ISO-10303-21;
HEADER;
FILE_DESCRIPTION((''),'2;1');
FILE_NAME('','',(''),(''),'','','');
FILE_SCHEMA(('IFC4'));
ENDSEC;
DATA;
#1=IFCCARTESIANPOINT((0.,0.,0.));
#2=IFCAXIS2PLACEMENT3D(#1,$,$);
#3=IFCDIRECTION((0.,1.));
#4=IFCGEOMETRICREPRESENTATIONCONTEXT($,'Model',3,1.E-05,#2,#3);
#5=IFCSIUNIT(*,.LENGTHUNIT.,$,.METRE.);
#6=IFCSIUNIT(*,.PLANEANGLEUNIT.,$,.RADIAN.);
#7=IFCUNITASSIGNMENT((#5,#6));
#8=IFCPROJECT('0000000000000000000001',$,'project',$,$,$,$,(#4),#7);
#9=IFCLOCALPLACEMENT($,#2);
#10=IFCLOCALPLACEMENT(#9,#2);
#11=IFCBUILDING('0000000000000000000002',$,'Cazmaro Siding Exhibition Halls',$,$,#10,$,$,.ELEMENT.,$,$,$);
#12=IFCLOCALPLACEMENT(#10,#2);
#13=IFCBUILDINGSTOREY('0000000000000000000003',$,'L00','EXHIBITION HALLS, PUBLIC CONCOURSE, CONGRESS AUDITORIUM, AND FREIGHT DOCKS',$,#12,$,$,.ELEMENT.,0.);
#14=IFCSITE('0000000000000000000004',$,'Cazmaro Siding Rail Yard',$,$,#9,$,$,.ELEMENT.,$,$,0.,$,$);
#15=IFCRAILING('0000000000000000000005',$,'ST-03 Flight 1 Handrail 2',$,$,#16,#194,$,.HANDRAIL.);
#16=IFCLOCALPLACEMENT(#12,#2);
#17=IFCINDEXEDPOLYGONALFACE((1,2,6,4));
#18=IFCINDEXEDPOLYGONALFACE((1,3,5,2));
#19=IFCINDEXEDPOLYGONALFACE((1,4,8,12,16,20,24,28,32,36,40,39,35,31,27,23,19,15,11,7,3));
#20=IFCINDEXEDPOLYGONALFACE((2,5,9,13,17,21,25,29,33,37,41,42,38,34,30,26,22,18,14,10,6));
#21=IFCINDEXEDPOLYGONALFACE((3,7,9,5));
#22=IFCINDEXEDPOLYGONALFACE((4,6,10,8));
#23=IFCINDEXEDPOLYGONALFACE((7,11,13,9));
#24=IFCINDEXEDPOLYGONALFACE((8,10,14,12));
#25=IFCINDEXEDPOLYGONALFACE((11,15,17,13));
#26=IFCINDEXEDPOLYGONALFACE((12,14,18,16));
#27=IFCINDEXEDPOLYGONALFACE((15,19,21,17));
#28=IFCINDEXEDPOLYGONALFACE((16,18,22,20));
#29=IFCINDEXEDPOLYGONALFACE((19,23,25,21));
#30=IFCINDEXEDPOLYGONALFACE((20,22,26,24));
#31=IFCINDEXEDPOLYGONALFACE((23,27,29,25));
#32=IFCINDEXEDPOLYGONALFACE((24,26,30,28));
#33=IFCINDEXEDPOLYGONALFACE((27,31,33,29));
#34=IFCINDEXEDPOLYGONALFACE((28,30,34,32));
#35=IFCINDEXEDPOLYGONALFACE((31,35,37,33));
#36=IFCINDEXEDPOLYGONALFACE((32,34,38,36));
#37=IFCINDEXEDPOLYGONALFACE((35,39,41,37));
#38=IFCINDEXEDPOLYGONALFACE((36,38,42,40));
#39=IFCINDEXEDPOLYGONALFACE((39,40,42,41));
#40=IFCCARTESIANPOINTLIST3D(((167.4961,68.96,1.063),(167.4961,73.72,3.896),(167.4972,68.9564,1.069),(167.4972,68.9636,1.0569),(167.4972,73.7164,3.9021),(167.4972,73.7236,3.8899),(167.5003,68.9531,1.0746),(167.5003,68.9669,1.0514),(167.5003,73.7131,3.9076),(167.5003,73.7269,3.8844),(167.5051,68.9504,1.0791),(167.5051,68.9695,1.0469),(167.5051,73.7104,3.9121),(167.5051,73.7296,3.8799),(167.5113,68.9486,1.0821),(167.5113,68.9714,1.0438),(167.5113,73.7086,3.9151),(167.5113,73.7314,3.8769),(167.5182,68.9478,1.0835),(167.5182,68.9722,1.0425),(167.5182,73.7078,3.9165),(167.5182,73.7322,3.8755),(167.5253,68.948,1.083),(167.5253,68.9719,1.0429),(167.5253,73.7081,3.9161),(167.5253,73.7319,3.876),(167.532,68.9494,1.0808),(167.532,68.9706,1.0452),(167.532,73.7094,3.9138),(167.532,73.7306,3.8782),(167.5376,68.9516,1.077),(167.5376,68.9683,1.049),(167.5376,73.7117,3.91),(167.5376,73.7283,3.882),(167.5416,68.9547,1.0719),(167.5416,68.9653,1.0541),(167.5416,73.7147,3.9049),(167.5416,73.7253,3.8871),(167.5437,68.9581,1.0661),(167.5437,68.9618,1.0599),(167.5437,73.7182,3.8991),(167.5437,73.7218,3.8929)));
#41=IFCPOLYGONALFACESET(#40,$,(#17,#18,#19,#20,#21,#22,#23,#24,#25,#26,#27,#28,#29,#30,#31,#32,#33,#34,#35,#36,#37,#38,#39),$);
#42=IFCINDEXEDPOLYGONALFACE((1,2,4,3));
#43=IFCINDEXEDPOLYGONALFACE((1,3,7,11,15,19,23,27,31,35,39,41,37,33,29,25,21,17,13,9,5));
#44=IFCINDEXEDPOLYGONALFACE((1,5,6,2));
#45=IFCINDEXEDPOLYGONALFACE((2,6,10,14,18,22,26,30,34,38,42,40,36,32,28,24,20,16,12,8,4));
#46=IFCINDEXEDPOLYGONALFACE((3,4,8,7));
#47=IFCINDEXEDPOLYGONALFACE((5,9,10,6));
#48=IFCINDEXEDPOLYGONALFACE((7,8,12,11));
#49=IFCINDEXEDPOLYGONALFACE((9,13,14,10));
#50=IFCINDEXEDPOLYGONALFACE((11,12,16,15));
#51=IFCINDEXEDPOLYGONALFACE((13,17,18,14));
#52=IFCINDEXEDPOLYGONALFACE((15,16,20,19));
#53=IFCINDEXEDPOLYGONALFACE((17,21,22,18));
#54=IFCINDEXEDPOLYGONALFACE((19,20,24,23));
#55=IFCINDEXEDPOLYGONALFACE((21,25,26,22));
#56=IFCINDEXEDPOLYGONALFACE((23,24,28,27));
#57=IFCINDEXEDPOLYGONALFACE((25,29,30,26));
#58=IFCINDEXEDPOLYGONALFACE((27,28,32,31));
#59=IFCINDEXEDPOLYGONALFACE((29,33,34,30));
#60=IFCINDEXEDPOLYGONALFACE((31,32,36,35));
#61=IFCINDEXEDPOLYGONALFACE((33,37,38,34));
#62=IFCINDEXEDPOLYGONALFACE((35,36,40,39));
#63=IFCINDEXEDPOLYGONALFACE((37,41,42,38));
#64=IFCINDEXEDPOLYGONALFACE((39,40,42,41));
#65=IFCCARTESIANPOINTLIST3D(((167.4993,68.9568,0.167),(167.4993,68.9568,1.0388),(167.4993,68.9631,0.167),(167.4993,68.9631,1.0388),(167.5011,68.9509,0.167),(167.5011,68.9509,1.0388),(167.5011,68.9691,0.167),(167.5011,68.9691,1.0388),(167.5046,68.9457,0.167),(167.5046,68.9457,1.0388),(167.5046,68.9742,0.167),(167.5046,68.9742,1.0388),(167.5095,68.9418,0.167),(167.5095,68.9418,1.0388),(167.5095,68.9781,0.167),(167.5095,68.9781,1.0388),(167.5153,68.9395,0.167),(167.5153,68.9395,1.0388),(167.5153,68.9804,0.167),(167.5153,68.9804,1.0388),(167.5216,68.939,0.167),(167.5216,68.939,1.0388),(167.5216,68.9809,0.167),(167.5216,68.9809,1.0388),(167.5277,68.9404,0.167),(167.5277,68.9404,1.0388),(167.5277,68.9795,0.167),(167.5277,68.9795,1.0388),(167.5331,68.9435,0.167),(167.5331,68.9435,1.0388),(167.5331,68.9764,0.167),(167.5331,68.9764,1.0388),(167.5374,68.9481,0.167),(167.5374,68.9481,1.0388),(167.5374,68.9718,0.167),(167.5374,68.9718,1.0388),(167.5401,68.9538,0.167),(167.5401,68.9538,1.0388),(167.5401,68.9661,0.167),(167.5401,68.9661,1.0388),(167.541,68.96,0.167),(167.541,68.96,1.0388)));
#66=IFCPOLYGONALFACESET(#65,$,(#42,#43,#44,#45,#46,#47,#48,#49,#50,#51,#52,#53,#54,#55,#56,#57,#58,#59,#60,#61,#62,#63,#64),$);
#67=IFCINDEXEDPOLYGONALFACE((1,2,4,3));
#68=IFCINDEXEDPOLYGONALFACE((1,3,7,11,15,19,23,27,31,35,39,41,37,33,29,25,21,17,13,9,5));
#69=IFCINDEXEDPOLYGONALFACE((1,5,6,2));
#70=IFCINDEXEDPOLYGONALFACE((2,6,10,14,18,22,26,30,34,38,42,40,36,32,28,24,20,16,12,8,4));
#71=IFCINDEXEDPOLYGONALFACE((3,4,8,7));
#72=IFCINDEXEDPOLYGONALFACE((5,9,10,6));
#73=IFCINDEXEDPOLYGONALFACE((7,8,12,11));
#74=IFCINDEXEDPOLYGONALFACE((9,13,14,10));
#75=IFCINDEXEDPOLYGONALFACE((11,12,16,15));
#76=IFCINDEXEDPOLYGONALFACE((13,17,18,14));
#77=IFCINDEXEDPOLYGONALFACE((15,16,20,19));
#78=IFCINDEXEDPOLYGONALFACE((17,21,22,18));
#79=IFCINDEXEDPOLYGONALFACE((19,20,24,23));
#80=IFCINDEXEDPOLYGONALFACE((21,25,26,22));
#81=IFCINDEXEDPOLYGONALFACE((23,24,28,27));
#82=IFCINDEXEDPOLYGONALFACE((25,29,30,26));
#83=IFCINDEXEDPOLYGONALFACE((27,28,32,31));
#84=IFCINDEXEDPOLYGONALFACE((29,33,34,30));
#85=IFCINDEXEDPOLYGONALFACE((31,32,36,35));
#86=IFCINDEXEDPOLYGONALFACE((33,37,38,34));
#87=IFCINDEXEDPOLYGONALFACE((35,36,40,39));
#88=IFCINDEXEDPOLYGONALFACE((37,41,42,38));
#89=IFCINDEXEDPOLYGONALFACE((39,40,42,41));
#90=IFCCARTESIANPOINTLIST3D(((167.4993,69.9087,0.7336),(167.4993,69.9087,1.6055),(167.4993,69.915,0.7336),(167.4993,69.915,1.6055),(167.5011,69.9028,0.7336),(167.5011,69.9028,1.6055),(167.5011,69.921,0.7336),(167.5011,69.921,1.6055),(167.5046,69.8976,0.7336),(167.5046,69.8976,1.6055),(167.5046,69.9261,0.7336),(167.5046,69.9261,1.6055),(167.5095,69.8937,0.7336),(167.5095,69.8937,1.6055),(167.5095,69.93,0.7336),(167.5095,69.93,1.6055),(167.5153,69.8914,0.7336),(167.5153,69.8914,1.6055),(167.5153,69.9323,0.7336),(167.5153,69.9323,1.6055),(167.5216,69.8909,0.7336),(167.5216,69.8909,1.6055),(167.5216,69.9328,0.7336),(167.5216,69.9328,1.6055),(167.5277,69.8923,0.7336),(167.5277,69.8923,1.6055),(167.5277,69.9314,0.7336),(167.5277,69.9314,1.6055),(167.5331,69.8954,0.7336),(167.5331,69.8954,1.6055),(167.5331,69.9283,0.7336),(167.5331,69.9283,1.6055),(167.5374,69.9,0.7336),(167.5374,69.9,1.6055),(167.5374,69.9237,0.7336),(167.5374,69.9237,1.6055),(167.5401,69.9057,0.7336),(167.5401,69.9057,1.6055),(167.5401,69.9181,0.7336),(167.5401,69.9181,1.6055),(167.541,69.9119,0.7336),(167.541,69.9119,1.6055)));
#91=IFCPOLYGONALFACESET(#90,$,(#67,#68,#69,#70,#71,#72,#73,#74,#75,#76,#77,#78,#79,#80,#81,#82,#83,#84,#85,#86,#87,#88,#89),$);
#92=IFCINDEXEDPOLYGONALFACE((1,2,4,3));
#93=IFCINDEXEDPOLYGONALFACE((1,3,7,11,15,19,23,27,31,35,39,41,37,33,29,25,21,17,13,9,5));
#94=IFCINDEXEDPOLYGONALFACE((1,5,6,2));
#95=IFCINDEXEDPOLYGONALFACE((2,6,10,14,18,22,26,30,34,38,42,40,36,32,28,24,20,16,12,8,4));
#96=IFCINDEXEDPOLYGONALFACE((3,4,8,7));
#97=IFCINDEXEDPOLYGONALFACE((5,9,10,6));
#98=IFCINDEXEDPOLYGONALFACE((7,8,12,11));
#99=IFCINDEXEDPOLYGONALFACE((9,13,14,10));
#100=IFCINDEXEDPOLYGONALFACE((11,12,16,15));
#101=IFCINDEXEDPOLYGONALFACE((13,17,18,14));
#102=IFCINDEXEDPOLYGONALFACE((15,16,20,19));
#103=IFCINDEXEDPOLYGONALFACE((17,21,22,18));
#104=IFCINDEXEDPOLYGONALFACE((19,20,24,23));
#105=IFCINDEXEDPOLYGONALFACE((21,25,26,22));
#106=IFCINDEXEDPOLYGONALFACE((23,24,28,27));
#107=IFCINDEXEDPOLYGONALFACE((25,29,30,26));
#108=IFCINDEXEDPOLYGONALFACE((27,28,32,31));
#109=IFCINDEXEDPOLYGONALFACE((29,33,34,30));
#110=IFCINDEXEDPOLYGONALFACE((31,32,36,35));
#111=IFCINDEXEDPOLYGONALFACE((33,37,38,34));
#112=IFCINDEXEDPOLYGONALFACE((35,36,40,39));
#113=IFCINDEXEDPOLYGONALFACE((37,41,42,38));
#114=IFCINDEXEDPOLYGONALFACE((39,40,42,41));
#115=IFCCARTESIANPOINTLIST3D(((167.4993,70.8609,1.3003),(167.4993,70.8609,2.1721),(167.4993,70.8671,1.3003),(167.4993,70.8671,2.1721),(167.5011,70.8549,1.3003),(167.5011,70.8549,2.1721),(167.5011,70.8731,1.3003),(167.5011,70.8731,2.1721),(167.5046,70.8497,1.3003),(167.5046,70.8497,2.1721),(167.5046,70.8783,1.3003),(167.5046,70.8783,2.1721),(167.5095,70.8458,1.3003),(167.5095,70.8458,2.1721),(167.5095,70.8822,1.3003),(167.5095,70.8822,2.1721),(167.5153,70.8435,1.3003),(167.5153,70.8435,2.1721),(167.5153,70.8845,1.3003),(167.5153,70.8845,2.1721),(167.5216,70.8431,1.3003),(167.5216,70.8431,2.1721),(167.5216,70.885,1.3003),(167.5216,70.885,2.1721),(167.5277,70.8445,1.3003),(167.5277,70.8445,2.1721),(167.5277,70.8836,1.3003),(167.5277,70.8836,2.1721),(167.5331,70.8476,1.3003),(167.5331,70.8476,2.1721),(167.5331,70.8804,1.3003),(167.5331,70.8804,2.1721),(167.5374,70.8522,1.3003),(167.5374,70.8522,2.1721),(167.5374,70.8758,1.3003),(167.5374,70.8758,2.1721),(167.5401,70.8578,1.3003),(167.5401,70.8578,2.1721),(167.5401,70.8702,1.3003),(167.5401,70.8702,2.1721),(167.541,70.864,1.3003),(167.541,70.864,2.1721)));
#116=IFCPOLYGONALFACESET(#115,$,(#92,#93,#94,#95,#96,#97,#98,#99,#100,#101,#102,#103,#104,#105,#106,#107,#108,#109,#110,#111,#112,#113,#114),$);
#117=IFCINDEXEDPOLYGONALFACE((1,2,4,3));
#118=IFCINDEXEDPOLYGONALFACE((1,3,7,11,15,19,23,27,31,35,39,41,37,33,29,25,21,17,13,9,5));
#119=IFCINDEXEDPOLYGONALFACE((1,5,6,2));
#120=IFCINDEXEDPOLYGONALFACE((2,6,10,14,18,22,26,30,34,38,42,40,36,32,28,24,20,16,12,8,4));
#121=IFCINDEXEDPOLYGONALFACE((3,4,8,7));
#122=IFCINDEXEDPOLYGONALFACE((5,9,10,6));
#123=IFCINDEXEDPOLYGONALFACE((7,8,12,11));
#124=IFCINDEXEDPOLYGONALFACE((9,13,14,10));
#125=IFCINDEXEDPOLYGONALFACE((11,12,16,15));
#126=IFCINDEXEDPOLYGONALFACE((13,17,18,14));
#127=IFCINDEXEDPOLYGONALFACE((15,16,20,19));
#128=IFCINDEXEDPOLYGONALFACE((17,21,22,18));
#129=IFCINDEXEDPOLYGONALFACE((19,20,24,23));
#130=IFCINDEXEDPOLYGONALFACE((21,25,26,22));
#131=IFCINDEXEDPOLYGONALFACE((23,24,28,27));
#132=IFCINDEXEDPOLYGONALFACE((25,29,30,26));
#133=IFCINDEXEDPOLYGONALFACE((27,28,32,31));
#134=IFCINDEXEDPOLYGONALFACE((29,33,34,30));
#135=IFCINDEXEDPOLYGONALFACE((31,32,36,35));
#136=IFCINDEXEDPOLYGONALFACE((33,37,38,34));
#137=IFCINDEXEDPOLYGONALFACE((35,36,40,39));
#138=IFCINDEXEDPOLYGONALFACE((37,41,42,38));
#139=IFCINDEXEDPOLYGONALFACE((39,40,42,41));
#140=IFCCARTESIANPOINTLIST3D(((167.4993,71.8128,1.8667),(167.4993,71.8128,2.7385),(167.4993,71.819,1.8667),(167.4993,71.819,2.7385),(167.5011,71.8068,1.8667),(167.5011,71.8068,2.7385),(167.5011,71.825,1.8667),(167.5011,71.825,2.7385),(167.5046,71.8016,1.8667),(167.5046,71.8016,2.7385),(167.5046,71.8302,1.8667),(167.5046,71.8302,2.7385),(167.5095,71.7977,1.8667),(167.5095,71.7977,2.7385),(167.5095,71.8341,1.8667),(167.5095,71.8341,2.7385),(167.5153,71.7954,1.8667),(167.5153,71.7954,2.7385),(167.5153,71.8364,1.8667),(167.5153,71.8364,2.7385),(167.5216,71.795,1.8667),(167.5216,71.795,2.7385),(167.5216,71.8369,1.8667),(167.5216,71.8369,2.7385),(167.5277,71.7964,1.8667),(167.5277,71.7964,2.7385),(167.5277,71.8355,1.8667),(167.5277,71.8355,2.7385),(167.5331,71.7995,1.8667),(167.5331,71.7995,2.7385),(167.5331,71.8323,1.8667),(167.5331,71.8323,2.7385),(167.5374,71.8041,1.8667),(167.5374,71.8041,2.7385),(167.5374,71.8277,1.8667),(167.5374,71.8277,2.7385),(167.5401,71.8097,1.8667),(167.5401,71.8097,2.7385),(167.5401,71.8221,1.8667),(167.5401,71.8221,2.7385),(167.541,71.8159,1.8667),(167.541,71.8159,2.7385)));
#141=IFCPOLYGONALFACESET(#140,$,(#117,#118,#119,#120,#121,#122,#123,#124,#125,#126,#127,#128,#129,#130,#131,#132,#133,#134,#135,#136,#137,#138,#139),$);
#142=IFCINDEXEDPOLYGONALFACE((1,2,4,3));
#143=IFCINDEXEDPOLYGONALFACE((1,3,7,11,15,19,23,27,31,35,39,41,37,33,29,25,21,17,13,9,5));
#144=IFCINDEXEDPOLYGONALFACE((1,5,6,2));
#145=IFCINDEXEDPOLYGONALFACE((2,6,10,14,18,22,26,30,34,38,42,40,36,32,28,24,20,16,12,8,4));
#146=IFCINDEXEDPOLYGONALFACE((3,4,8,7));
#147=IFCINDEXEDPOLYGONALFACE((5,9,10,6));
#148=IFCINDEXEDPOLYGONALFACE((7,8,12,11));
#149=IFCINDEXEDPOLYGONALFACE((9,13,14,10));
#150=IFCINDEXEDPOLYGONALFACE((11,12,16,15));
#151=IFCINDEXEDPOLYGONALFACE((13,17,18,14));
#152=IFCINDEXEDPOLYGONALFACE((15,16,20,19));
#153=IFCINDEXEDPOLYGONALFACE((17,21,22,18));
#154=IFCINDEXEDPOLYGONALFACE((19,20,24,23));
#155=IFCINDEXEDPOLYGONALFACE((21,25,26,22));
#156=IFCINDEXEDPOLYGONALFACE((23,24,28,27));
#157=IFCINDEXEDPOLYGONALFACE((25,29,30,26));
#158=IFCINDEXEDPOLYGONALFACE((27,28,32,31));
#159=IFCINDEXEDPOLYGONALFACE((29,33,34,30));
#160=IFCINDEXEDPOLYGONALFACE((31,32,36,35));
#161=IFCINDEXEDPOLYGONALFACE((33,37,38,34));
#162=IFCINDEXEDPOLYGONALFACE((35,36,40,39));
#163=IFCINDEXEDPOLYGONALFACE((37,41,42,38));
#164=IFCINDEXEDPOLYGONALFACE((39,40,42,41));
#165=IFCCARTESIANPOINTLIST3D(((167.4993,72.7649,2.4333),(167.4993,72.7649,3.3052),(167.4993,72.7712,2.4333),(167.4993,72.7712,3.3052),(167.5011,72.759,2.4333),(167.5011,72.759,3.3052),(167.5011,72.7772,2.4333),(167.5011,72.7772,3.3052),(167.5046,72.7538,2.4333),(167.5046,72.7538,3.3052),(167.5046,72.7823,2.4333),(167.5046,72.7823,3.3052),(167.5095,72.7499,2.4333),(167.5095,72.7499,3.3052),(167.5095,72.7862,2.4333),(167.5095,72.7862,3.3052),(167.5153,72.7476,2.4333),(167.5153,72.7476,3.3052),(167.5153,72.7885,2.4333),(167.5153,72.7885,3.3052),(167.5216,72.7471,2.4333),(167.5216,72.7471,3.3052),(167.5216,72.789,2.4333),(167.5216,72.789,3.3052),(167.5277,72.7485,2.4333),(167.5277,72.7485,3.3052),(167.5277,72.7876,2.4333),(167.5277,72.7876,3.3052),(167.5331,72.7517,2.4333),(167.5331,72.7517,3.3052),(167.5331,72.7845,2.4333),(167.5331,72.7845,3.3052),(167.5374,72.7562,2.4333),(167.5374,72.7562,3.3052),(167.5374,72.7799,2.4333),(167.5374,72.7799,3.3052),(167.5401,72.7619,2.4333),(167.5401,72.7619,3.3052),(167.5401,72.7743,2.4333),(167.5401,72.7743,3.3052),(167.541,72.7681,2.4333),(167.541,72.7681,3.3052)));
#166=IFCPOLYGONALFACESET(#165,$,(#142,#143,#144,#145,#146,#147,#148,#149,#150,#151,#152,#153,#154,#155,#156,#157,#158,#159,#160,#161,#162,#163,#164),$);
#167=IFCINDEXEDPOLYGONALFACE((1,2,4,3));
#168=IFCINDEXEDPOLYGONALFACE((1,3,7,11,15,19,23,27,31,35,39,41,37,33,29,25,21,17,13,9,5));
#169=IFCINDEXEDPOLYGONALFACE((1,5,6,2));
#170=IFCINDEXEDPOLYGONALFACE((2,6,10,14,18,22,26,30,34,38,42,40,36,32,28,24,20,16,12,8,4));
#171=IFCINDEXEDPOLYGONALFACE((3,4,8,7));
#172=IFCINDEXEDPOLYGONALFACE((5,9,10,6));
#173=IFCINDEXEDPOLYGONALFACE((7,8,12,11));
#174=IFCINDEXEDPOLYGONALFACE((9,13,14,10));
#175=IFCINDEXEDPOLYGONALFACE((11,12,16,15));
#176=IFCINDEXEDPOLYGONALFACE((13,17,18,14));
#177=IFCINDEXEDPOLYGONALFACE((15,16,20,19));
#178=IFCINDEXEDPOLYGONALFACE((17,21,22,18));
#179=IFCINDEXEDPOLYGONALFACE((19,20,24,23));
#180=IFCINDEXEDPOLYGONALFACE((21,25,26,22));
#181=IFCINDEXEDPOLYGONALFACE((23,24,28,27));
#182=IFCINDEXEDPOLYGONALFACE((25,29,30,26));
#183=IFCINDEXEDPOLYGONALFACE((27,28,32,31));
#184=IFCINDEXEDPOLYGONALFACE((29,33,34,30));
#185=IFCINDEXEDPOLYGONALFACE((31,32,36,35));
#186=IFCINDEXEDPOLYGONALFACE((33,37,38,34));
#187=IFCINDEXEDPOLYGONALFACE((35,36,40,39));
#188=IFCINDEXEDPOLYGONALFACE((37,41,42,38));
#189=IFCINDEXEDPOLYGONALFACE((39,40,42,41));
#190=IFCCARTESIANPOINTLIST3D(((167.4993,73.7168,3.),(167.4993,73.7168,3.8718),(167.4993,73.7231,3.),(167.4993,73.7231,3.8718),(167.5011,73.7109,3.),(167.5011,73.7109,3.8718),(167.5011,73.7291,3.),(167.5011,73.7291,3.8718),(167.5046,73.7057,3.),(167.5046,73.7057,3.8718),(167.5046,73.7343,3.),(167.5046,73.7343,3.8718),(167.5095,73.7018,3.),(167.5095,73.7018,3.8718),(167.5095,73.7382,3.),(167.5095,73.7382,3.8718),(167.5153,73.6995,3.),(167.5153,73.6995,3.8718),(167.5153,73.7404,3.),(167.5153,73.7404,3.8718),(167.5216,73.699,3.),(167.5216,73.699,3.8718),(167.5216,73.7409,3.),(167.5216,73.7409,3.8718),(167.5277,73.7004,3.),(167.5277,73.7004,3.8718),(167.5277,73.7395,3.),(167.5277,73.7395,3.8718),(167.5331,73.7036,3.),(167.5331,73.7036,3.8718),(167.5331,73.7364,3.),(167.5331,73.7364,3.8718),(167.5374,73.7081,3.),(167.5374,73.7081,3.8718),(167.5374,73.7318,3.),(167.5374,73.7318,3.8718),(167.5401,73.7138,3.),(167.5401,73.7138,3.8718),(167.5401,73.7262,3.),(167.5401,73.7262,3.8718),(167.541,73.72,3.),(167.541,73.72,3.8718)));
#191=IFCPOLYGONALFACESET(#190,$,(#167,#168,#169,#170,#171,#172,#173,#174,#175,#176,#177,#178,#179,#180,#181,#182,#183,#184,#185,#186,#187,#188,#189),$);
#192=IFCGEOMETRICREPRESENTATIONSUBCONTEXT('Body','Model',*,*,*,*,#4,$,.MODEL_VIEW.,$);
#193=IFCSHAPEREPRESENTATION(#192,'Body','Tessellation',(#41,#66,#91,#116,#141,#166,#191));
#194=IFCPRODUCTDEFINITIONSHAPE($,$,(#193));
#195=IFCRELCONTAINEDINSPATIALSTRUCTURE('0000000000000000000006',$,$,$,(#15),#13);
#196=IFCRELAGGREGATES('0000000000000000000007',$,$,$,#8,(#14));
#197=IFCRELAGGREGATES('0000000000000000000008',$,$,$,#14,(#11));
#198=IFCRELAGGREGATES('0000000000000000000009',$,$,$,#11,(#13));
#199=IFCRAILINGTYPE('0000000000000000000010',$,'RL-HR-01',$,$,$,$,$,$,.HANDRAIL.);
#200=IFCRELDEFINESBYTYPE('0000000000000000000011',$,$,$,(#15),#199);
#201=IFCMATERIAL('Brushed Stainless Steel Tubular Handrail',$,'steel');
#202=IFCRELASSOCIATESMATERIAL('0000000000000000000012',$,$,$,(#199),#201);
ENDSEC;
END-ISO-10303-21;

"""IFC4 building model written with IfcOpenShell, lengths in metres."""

from ifc_helpers import new_model, si_unit, direction, frame, origin, origin_2d, place, context, subcontext, project, spatial, circle, extrude, material, type_object, element, save


model = new_model("IFC4")

# Units and contexts
model_context = context("Model", 3, precision=1e-05, world=origin(), true_north=direction((0.0, 1.0)))
body_context = subcontext(model_context, "Body", "Model", "MODEL_VIEW")
ifc_project = project(units=[si_unit("LENGTHUNIT", "METRE"), si_unit("PLANEANGLEUNIT", "RADIAN")], contexts=[model_context])

# Site, building, storey
site_placement = place(None, origin())
site = spatial("IfcSite", under=ifc_project, at=site_placement, Name="Cazmaro Siding Rail Yard", CompositionType="ELEMENT", RefElevation=0.0)
building_placement = place(site_placement, origin())
building = spatial("IfcBuilding", under=site, at=building_placement, Name="Cazmaro Siding Exhibition Halls", CompositionType="ELEMENT")
storey_placement = place(building_placement, origin())
storey = spatial("IfcBuildingStorey", under=building, at=storey_placement, Name="L00", Description="EXHIBITION HALLS, PUBLIC CONCOURSE, CONGRESS AUDITORIUM, AND FREIGHT DOCKS", CompositionType="ELEMENT", Elevation=0.0)

# Railing
ifc_material_1 = material(Name="Brushed Stainless Steel Tubular Handrail", Category="steel")
railing_type = type_object("IfcRailingType", Name="RL-HR-01", PredefinedType="HANDRAIL", material=ifc_material_1)
for number, where, name in (
    (1, (167.52, 68.96, 0.167), "ST-03 Flight 1 Handrail 2"),
):
    element("IfcRailing", number, at=place(storey_placement, frame(where)), inside=storey, type_object=railing_type, Name=name, PredefinedType="HANDRAIL", context=body_context, shape_type="SweptSolid", body=[
        extrude(circle(Radius=0.0239, at=origin_2d()), frame((0.0, 0.0, 0.896), z_axis=(0.0, 0.859319, 0.51144), x_axis=(-1.0, 0.0, 0.0)), (0.0, 0.0, 1.0), 5.5393),
        extrude(circle(Radius=0.021, at=origin_2d()), origin(), (0.0, 0.0, 1.0), 0.8718),
        extrude(circle(Radius=0.021, at=origin_2d()), frame((0.0, 0.9519, 0.5667)), (0.0, 0.0, 1.0), 0.8718),
        extrude(circle(Radius=0.021, at=origin_2d()), frame((0.0, 1.9041, 1.1333)), (0.0, 0.0, 1.0), 0.8718),
        extrude(circle(Radius=0.021, at=origin_2d()), frame((0.0, 2.856, 1.6997)), (0.0, 0.0, 1.0), 0.8718),
        extrude(circle(Radius=0.021, at=origin_2d()), frame((0.0, 3.8081, 2.2664)), (0.0, 0.0, 1.0), 0.8718),
        extrude(circle(Radius=0.021, at=origin_2d()), frame((0.0, 4.76, 2.833)), (0.0, 0.0, 1.0), 0.8718),
    ])

save(model, "model.ifc")
